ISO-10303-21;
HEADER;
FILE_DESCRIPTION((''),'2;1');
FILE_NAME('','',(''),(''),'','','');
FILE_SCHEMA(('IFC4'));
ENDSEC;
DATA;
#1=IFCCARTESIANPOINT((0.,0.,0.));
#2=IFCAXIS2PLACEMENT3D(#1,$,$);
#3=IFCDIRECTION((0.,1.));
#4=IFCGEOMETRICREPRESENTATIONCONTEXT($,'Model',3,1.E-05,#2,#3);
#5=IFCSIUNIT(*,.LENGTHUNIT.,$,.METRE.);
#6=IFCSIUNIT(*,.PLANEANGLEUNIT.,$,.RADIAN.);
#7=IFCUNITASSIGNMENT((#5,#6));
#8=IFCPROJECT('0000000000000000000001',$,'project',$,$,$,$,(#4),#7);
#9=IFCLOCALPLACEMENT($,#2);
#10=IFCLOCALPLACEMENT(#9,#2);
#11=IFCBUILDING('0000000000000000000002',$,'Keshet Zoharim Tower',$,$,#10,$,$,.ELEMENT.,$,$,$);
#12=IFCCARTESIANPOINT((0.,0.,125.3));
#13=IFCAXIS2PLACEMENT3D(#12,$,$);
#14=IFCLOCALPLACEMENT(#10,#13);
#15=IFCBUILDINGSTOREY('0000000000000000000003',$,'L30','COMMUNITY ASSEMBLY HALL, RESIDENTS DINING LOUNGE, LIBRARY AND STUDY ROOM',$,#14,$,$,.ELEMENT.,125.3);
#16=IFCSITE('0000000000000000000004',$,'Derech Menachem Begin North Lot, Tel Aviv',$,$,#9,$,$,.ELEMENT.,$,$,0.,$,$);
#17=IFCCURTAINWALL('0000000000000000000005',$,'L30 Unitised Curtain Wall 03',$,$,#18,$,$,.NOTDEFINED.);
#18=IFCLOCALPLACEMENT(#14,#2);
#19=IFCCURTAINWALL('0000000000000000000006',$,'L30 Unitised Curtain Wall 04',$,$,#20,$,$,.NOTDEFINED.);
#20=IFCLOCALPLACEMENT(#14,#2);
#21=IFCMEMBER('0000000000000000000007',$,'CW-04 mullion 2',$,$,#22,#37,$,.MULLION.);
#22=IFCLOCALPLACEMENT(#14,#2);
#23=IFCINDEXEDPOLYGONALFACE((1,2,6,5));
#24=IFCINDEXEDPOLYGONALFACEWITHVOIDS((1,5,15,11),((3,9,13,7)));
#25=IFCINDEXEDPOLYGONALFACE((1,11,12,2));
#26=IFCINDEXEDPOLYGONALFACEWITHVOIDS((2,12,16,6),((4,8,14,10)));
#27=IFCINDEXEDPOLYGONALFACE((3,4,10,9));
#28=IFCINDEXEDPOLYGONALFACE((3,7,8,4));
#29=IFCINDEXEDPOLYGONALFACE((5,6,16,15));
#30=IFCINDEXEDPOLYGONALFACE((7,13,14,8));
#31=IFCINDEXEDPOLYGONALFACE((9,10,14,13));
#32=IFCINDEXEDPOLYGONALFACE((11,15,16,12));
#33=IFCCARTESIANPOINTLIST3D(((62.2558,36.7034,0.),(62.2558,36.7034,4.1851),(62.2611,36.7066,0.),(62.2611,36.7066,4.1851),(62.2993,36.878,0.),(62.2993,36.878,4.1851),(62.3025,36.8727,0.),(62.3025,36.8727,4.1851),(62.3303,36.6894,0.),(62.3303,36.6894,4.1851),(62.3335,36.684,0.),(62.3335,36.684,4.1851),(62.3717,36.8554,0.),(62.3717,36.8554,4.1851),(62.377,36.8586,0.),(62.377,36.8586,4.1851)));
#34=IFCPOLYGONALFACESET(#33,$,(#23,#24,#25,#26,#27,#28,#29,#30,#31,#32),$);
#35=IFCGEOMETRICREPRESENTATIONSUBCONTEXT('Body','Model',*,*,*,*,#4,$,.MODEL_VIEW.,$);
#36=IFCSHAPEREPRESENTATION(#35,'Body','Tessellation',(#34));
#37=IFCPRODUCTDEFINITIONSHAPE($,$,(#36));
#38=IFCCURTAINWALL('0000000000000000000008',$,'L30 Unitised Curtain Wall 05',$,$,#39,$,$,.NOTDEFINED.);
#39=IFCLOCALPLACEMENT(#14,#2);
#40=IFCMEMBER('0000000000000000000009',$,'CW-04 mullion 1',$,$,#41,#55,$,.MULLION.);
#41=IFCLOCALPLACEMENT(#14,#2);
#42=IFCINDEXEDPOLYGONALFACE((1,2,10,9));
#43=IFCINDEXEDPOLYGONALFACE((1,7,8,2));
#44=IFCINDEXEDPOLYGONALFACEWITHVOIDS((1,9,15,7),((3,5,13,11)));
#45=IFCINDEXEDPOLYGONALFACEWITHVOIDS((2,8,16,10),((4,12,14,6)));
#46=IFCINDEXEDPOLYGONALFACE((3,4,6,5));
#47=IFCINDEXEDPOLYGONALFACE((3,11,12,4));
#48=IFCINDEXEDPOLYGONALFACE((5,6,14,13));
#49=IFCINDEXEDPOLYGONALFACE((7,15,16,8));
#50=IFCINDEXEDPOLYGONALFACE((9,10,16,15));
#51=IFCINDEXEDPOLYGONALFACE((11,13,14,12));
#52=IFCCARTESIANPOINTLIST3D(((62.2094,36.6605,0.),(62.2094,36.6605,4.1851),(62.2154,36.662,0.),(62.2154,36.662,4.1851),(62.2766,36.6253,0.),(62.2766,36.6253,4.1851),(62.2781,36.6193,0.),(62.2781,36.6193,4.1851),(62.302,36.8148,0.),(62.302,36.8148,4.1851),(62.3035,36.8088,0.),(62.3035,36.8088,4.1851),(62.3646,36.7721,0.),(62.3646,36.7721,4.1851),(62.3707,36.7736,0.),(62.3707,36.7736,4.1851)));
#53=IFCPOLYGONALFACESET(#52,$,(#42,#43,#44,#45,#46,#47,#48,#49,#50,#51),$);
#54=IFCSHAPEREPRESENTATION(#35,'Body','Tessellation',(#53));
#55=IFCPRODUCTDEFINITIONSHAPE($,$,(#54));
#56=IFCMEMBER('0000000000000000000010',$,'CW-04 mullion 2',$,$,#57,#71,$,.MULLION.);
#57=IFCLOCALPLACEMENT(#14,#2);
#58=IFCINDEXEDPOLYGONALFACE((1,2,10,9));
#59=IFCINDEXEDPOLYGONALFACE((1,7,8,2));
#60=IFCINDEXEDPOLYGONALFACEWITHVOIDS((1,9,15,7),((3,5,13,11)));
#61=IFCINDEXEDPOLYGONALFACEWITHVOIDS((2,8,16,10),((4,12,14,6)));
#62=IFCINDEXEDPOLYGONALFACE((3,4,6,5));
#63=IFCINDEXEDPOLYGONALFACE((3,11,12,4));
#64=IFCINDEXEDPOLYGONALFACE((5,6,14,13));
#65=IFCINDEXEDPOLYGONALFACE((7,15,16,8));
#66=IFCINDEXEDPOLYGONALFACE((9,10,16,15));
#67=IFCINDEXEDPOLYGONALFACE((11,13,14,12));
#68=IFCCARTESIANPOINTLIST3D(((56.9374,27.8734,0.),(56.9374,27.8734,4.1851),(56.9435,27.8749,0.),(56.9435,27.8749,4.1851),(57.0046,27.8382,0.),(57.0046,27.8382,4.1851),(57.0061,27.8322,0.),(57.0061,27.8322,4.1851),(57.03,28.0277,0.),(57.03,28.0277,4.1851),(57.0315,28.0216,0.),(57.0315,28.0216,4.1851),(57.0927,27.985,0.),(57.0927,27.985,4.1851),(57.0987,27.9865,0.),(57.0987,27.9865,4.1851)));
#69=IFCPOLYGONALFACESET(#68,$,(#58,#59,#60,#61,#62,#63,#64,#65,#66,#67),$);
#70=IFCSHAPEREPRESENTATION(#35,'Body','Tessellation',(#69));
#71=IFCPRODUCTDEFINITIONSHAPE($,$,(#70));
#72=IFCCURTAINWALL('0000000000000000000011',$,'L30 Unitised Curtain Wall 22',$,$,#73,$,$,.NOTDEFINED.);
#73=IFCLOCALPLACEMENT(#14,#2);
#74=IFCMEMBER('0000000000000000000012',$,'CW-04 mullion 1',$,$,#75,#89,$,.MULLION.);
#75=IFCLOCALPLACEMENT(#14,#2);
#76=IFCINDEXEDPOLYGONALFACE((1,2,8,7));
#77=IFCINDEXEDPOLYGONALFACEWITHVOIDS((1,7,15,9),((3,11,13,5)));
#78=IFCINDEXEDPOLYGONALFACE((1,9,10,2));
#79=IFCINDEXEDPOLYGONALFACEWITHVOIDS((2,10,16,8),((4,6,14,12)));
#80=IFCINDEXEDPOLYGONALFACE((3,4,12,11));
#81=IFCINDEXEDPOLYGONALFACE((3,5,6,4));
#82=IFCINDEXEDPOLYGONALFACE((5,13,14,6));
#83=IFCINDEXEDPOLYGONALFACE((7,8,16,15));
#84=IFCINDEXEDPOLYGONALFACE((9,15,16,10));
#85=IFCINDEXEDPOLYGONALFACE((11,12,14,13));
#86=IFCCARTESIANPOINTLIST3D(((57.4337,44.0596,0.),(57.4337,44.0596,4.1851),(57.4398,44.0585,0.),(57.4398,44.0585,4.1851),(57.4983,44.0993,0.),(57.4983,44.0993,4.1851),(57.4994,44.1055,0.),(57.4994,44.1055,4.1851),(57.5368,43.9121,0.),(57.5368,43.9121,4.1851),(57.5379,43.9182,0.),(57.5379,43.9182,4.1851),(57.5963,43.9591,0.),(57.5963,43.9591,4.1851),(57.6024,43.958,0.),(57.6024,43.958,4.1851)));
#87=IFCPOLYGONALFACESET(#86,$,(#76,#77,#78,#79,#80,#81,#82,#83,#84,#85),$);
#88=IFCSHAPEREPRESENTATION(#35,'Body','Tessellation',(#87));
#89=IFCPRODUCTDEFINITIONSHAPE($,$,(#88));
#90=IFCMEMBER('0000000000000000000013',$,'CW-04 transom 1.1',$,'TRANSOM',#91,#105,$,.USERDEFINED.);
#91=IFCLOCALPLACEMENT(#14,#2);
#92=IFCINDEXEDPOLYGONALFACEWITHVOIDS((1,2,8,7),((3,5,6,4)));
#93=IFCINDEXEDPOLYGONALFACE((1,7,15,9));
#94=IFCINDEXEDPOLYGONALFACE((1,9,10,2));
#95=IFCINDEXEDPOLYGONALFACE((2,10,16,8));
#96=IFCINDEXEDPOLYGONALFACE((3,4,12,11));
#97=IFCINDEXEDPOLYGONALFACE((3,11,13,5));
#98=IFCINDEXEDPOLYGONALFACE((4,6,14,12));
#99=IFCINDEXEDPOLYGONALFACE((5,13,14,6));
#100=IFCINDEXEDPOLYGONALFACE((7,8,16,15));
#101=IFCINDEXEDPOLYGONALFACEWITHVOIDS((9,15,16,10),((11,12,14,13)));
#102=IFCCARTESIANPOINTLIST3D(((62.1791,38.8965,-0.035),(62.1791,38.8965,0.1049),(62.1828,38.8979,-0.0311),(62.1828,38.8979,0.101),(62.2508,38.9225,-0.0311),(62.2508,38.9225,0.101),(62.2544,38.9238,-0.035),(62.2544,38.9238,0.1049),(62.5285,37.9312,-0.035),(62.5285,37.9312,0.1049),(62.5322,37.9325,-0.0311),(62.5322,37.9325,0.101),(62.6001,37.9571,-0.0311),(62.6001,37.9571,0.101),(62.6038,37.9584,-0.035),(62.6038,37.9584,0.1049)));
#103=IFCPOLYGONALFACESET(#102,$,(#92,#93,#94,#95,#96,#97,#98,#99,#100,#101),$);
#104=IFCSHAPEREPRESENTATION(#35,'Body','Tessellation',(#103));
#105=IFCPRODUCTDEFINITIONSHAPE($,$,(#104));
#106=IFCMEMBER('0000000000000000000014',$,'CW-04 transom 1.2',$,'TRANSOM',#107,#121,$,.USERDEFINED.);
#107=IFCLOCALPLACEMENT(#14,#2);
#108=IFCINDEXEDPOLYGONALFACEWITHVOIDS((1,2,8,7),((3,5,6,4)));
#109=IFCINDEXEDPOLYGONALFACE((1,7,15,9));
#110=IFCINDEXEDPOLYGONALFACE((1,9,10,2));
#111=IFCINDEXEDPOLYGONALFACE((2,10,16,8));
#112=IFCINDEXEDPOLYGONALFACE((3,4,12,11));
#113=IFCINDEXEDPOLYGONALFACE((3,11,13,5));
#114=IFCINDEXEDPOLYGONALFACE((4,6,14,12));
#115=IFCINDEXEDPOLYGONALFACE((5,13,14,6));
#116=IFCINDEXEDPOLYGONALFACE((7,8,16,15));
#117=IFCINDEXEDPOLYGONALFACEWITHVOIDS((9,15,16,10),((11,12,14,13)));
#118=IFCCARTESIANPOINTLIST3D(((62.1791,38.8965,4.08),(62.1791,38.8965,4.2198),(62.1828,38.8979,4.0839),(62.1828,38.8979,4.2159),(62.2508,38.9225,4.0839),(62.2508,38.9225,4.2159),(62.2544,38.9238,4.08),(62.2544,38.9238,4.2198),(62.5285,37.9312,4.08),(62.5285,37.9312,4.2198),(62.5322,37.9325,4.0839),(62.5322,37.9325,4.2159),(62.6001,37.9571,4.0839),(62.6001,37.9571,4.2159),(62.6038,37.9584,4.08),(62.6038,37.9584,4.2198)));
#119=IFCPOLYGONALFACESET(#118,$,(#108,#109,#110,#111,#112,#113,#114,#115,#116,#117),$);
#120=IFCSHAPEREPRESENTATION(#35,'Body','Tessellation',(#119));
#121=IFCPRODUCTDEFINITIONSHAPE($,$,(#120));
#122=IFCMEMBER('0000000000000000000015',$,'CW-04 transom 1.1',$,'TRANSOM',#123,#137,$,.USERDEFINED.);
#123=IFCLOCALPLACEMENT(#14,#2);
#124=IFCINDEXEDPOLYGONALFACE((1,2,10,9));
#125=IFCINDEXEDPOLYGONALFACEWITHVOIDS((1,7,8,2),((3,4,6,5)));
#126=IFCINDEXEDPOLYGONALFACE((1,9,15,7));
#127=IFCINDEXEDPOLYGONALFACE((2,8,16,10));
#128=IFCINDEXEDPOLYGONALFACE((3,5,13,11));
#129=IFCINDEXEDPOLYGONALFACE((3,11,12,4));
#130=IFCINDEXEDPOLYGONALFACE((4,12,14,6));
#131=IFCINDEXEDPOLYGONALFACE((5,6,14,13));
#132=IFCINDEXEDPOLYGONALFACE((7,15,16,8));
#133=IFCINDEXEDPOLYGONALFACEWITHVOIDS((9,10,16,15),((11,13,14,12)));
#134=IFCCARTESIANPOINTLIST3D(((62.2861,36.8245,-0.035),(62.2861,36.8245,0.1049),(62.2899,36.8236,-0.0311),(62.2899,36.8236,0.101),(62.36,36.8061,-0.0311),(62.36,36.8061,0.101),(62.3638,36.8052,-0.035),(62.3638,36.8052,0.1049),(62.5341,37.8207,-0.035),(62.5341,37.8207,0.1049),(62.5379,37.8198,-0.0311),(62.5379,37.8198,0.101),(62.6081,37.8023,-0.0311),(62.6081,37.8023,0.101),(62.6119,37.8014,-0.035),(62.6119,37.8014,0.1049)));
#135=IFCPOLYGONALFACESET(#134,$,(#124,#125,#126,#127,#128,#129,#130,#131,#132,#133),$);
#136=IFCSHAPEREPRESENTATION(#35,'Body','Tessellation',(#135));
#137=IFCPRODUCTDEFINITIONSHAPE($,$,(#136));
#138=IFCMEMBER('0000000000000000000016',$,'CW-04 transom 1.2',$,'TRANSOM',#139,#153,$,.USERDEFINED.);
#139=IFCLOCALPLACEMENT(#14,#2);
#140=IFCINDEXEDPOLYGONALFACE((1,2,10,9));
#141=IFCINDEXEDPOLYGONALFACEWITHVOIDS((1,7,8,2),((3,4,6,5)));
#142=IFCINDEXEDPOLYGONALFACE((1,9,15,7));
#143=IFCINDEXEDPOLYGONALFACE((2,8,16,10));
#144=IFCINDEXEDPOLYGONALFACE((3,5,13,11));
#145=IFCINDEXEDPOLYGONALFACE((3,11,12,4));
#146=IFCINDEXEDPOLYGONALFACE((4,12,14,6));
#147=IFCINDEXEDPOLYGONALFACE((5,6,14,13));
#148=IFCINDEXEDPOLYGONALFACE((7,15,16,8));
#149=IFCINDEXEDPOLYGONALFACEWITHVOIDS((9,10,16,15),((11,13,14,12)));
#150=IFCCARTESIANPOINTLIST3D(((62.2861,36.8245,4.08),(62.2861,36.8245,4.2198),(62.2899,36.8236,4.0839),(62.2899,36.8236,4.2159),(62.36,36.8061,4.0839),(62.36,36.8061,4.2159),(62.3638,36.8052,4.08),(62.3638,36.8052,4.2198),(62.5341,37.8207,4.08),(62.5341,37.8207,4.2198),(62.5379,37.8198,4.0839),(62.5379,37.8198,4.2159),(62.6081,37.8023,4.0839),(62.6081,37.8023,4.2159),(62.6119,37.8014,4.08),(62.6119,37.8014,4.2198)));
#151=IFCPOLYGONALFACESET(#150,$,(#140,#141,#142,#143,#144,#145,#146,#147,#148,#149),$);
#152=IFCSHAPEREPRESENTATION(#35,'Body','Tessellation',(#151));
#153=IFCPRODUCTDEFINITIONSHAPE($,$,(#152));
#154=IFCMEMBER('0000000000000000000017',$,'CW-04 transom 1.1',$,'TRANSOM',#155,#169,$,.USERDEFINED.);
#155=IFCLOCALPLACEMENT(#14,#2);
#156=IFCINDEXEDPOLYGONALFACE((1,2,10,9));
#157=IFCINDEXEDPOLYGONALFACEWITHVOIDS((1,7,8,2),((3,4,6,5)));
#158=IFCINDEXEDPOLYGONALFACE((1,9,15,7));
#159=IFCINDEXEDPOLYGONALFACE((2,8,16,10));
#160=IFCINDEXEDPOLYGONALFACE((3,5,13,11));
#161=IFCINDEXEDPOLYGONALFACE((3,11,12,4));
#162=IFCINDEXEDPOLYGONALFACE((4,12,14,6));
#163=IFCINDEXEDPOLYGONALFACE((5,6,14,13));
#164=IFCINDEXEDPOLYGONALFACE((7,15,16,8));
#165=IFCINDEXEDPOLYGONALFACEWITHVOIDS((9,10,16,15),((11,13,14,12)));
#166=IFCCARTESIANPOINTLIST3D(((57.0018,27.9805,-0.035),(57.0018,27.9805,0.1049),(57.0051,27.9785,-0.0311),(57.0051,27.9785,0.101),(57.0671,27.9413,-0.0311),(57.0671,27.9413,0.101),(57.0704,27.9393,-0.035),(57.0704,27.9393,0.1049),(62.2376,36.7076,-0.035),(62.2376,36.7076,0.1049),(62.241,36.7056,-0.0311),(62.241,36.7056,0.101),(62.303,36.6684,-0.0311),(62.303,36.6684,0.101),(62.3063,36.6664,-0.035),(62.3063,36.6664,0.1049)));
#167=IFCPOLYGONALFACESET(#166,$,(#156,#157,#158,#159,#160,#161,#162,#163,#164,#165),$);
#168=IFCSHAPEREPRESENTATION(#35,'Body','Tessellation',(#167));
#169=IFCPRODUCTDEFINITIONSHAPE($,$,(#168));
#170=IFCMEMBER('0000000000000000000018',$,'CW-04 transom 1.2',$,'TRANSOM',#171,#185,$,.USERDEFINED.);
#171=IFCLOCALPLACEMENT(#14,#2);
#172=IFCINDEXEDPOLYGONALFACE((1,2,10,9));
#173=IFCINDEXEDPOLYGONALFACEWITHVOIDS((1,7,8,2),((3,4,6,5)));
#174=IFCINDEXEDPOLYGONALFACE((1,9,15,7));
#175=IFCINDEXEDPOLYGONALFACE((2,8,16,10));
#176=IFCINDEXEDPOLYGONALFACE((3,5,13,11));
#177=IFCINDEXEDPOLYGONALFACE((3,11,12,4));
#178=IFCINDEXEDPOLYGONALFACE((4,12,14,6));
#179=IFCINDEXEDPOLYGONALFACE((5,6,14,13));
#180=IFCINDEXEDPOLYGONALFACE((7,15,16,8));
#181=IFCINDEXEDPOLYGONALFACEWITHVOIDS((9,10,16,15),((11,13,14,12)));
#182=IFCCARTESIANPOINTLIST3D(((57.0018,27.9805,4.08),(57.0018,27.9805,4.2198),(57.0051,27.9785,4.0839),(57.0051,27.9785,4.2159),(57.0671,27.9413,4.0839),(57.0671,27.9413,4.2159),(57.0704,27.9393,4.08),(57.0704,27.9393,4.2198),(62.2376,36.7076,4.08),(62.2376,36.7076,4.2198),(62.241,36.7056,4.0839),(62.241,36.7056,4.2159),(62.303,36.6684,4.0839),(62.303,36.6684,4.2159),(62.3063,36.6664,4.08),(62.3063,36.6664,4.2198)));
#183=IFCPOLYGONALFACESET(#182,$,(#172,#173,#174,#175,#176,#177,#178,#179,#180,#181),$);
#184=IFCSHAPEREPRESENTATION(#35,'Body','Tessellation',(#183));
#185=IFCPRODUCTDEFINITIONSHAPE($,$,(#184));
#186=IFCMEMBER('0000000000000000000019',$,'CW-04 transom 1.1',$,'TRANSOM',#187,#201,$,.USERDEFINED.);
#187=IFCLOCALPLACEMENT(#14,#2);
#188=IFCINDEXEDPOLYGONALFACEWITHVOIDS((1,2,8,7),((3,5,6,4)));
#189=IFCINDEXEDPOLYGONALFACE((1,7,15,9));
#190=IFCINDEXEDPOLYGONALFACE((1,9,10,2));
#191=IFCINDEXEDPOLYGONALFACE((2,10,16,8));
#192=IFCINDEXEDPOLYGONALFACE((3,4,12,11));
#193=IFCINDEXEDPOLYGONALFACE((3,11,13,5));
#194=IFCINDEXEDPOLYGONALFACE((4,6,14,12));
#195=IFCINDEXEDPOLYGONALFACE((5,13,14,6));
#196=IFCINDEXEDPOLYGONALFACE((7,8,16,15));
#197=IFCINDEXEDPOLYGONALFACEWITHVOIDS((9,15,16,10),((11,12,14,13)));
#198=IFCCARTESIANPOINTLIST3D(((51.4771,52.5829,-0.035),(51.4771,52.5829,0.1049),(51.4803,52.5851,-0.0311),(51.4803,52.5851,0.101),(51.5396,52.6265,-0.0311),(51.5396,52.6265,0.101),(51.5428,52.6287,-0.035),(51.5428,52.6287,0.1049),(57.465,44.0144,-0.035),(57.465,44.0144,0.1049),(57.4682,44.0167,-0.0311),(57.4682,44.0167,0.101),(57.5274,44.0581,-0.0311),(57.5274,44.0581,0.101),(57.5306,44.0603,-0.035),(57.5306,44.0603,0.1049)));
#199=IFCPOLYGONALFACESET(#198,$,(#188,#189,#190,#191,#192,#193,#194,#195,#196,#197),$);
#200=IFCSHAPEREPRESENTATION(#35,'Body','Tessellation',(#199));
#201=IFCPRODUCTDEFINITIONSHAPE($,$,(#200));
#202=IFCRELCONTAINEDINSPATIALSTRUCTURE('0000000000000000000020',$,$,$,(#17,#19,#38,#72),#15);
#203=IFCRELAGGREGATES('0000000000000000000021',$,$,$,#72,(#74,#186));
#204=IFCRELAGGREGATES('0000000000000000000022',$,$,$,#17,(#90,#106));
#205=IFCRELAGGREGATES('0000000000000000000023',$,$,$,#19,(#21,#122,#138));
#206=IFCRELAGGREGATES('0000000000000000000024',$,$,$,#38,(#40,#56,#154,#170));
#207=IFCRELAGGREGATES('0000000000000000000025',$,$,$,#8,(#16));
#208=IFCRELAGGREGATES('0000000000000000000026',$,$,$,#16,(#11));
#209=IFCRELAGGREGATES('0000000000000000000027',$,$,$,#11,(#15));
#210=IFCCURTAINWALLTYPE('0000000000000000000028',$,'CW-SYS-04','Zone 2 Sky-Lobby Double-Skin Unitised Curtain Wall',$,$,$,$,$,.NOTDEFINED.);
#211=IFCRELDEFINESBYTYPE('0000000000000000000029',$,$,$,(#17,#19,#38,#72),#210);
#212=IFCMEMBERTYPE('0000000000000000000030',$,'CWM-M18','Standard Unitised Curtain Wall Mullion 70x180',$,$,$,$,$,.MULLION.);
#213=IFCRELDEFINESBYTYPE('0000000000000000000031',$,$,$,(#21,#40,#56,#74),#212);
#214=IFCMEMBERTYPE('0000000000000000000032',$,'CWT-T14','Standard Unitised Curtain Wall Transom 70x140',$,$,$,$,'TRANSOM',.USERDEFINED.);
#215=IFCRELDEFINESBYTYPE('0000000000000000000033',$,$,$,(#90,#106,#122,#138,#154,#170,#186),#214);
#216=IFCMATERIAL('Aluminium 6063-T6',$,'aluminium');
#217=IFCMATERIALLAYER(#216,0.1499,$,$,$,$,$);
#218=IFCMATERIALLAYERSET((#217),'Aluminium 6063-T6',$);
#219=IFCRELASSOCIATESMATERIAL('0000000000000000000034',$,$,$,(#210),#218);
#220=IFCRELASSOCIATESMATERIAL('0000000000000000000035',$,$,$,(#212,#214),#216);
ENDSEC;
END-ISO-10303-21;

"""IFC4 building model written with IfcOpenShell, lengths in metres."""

from ifc_helpers import new_model, si_unit, direction, frame, origin, origin_2d, place, context, subcontext, project, spatial, hollow_rectangle, extrude, material, layer, layer_set, material_profile, profile_set, type_object, element, aggregate, save


model = new_model("IFC4")

# Units and contexts
model_context = context("Model", 3, precision=1e-05, world=origin(), true_north=direction((0.0, 1.0)))
body_context = subcontext(model_context, "Body", "Model", "MODEL_VIEW")
ifc_project = project(units=[si_unit("LENGTHUNIT", "METRE"), si_unit("PLANEANGLEUNIT", "RADIAN")], contexts=[model_context])

# Site, building, storey
site_placement = place(None, origin())
site = spatial("IfcSite", under=ifc_project, at=site_placement, Name="Derech Menachem Begin North Lot, Tel Aviv", CompositionType="ELEMENT", RefElevation=0.0)
building_placement = place(site_placement, origin())
building = spatial("IfcBuilding", under=site, at=building_placement, Name="Keshet Zoharim Tower", CompositionType="ELEMENT")
storey_placement = place(building_placement, frame((0.0, 0.0, 125.3)))
storey = spatial("IfcBuildingStorey", under=building, at=storey_placement, Name="L30", Description="COMMUNITY ASSEMBLY HALL, RESIDENTS DINING LOUNGE, LIBRARY AND STUDY ROOM", CompositionType="ELEMENT", Elevation=125.3)

# Shared definitions
ifc_material_1 = material(Name="Aluminium 6063-T6", Category="aluminium")
ifc_layer_1 = layer(ifc_material_1, 0.1499)
ifc_layer_set_1 = layer_set([ifc_layer_1], Name="Aluminium 6063-T6")
curtain_wall_type = type_object("IfcCurtainWallType", Name="CW-SYS-04", Description="Zone 2 Sky-Lobby Double-Skin Unitised Curtain Wall", PredefinedType="NOTDEFINED", material=ifc_layer_set_1)
ifc_material_profile_1 = material_profile(ifc_material_1, hollow_rectangle(XDim=0.0801, YDim=0.1799, WallThickness=0.0044, at=origin_2d()), Name="MUL-80x180")
ifc_profile_set_1 = profile_set([ifc_material_profile_1], Name="Aluminium 6063-T6")
member_type_1 = type_object("IfcMemberType", Name="CWM-M18", Description="Standard Unitised Curtain Wall Mullion 70x180", PredefinedType="MULLION", material=ifc_profile_set_1)

# Curtain walls, members
curtain_wall_1_placement = place(storey_placement, origin())
curtain_wall_1 = element("IfcCurtainWall", 1, at=curtain_wall_1_placement, inside=storey, type_object=curtain_wall_type, Name="L30 Unitised Curtain Wall 03", PredefinedType="NOTDEFINED")
curtain_wall_2_placement = place(storey_placement, origin())
curtain_wall_2 = element("IfcCurtainWall", 2, at=curtain_wall_2_placement, inside=storey, type_object=curtain_wall_type, Name="L30 Unitised Curtain Wall 04", PredefinedType="NOTDEFINED")
member_1_placement = place(storey_placement, frame((62.3164, 36.781, 0.0), z_axis=(0.0, 0.0, 1.0), x_axis=(0.970344, -0.241729, 0.0)))
member_1 = element("IfcMember", 3, at=member_1_placement, type_object=member_type_1, Name="CW-04 mullion 2", PredefinedType="MULLION", context=body_context, shape_type="SweptSolid", body=[
    extrude(hollow_rectangle(XDim=0.0801, YDim=0.1799, WallThickness=0.0044, at=origin_2d()), origin(), (0.0, 0.0, 1.0), 4.1851),
])
curtain_wall_3_placement = place(storey_placement, origin())
curtain_wall_3 = element("IfcCurtainWall", 4, at=curtain_wall_3_placement, inside=storey, type_object=curtain_wall_type, Name="L30 Unitised Curtain Wall 05", PredefinedType="NOTDEFINED")
member_2_placement = place(storey_placement, frame((62.29, 36.717, 0.0), z_axis=(0.0, 0.0, 1.0), x_axis=(0.857501, -0.514482, 0.0)))
member_2 = element("IfcMember", 5, at=member_2_placement, type_object=member_type_1, Name="CW-04 mullion 1", PredefinedType="MULLION", context=body_context, shape_type="SweptSolid", body=[
    extrude(hollow_rectangle(XDim=0.0801, YDim=0.1799, WallThickness=0.0044, at=origin_2d()), origin(), (0.0, 0.0, 1.0), 4.1851),
])
member_3_placement = place(storey_placement, frame((57.0181, 27.9299, 0.0), z_axis=(0.0, 0.0, 1.0), x_axis=(0.857501, -0.514482, 0.0)))
member_3 = element("IfcMember", 6, at=member_3_placement, type_object=member_type_1, Name="CW-04 mullion 2", PredefinedType="MULLION", context=body_context, shape_type="SweptSolid", body=[
    extrude(hollow_rectangle(XDim=0.0801, YDim=0.1799, WallThickness=0.0044, at=origin_2d()), origin(), (0.0, 0.0, 1.0), 4.1851),
])

# Curtain wall, member
curtain_wall_4_placement = place(storey_placement, origin())
curtain_wall_4 = element("IfcCurtainWall", 7, at=curtain_wall_4_placement, inside=storey, type_object=curtain_wall_type, Name="L30 Unitised Curtain Wall 22", PredefinedType="NOTDEFINED")
member_4_placement = place(storey_placement, frame((57.5181, 44.0088, 0.0), z_axis=(0.0, 0.0, 1.0), x_axis=(-0.81968, -0.572822, 0.0)))
member_4 = element("IfcMember", 8, at=member_4_placement, type_object=member_type_1, Name="CW-04 mullion 1", PredefinedType="MULLION", context=body_context, shape_type="SweptSolid", body=[
    extrude(hollow_rectangle(XDim=0.0801, YDim=0.1799, WallThickness=0.0044, at=origin_2d()), origin(), (0.0, 0.0, 1.0), 4.1851),
])

# Members
ifc_material_profile_2 = material_profile(ifc_material_1, hollow_rectangle(XDim=0.0801, YDim=0.1399, WallThickness=0.0039, at=origin_2d()), Name="TRN-80x140")
ifc_profile_set_2 = profile_set([ifc_material_profile_2], Name="Aluminium 6063-T6")
member_type_2 = type_object("IfcMemberType", Name="CWT-T14", Description="Standard Unitised Curtain Wall Transom 70x140", ElementType="TRANSOM", PredefinedType="USERDEFINED", material=ifc_profile_set_2)
member_5_placement = place(storey_placement, frame((62.2168, 38.9102, 0.0349), z_axis=(0.340311, -0.940313, 0.0), x_axis=(0.940313, 0.340311, 0.0)))
member_5 = element("IfcMember", 9, at=member_5_placement, type_object=member_type_2, Name="CW-04 transom 1.1", ObjectType="TRANSOM", PredefinedType="USERDEFINED", context=body_context, shape_type="SweptSolid", body=[
    extrude(hollow_rectangle(XDim=0.0801, YDim=0.1399, WallThickness=0.0039, at=origin_2d()), origin(), (0.0, 0.0, 1.0), 1.0266),
])
member_6_placement = place(storey_placement, frame((62.2168, 38.9102, 4.1499), z_axis=(0.340311, -0.940313, 0.0), x_axis=(0.940313, 0.340311, 0.0)))
member_6 = element("IfcMember", 10, at=member_6_placement, type_object=member_type_2, Name="CW-04 transom 1.2", ObjectType="TRANSOM", PredefinedType="USERDEFINED", context=body_context, shape_type="SweptSolid", body=[
    extrude(hollow_rectangle(XDim=0.0801, YDim=0.1399, WallThickness=0.0039, at=origin_2d()), origin(), (0.0, 0.0, 1.0), 1.0266),
])
member_7_placement = place(storey_placement, frame((62.573, 37.811, 0.0349), z_axis=(-0.24164, -0.970366, 0.0), x_axis=(0.970366, -0.24164, 0.0)))
member_7 = element("IfcMember", 11, at=member_7_placement, type_object=member_type_2, Name="CW-04 transom 1.1", ObjectType="TRANSOM", PredefinedType="USERDEFINED", context=body_context, shape_type="SweptSolid", body=[
    extrude(hollow_rectangle(XDim=0.0801, YDim=0.1399, WallThickness=0.0039, at=origin_2d()), origin(), (0.0, 0.0, 1.0), 1.0266),
])
member_8_placement = place(storey_placement, frame((62.573, 37.811, 4.1499), z_axis=(-0.24164, -0.970366, 0.0), x_axis=(0.970366, -0.24164, 0.0)))
member_8 = element("IfcMember", 12, at=member_8_placement, type_object=member_type_2, Name="CW-04 transom 1.2", ObjectType="TRANSOM", PredefinedType="USERDEFINED", context=body_context, shape_type="SweptSolid", body=[
    extrude(hollow_rectangle(XDim=0.0801, YDim=0.1399, WallThickness=0.0039, at=origin_2d()), origin(), (0.0, 0.0, 1.0), 1.0266),
])
member_9_placement = place(storey_placement, frame((62.272, 36.687, 0.0349), z_axis=(-0.514468, -0.85751, 0.0), x_axis=(0.85751, -0.514468, 0.0)))
member_9 = element("IfcMember", 13, at=member_9_placement, type_object=member_type_2, Name="CW-04 transom 1.1", ObjectType="TRANSOM", PredefinedType="USERDEFINED", context=body_context, shape_type="SweptSolid", body=[
    extrude(hollow_rectangle(XDim=0.0801, YDim=0.1399, WallThickness=0.0039, at=origin_2d()), origin(), (0.0, 0.0, 1.0), 10.1772),
])
member_10_placement = place(storey_placement, frame((62.272, 36.687, 4.1499), z_axis=(-0.514468, -0.85751, 0.0), x_axis=(0.85751, -0.514468, 0.0)))
member_10 = element("IfcMember", 14, at=member_10_placement, type_object=member_type_2, Name="CW-04 transom 1.2", ObjectType="TRANSOM", PredefinedType="USERDEFINED", context=body_context, shape_type="SweptSolid", body=[
    extrude(hollow_rectangle(XDim=0.0801, YDim=0.1399, WallThickness=0.0039, at=origin_2d()), origin(), (0.0, 0.0, 1.0), 10.1772),
])
member_11_placement = place(storey_placement, frame((57.4978, 44.0374, 0.0349), z_axis=(-0.572816, 0.819684, 0.0), x_axis=(-0.819684, -0.572816, 0.0)))
member_11 = element("IfcMember", 15, at=member_11_placement, type_object=member_type_2, Name="CW-04 transom 1.1", ObjectType="TRANSOM", PredefinedType="USERDEFINED", context=body_context, shape_type="SweptSolid", body=[
    extrude(hollow_rectangle(XDim=0.0801, YDim=0.1399, WallThickness=0.0039, at=origin_2d()), origin(), (0.0, 0.0, 1.0), 10.4534),
])
aggregate(curtain_wall_4, [member_4, member_11])

aggregate(curtain_wall_1, [member_5, member_6])
aggregate(curtain_wall_2, [member_1, member_7, member_8])
aggregate(curtain_wall_3, [member_2, member_3, member_9, member_10])

save(model, "model.ifc")
